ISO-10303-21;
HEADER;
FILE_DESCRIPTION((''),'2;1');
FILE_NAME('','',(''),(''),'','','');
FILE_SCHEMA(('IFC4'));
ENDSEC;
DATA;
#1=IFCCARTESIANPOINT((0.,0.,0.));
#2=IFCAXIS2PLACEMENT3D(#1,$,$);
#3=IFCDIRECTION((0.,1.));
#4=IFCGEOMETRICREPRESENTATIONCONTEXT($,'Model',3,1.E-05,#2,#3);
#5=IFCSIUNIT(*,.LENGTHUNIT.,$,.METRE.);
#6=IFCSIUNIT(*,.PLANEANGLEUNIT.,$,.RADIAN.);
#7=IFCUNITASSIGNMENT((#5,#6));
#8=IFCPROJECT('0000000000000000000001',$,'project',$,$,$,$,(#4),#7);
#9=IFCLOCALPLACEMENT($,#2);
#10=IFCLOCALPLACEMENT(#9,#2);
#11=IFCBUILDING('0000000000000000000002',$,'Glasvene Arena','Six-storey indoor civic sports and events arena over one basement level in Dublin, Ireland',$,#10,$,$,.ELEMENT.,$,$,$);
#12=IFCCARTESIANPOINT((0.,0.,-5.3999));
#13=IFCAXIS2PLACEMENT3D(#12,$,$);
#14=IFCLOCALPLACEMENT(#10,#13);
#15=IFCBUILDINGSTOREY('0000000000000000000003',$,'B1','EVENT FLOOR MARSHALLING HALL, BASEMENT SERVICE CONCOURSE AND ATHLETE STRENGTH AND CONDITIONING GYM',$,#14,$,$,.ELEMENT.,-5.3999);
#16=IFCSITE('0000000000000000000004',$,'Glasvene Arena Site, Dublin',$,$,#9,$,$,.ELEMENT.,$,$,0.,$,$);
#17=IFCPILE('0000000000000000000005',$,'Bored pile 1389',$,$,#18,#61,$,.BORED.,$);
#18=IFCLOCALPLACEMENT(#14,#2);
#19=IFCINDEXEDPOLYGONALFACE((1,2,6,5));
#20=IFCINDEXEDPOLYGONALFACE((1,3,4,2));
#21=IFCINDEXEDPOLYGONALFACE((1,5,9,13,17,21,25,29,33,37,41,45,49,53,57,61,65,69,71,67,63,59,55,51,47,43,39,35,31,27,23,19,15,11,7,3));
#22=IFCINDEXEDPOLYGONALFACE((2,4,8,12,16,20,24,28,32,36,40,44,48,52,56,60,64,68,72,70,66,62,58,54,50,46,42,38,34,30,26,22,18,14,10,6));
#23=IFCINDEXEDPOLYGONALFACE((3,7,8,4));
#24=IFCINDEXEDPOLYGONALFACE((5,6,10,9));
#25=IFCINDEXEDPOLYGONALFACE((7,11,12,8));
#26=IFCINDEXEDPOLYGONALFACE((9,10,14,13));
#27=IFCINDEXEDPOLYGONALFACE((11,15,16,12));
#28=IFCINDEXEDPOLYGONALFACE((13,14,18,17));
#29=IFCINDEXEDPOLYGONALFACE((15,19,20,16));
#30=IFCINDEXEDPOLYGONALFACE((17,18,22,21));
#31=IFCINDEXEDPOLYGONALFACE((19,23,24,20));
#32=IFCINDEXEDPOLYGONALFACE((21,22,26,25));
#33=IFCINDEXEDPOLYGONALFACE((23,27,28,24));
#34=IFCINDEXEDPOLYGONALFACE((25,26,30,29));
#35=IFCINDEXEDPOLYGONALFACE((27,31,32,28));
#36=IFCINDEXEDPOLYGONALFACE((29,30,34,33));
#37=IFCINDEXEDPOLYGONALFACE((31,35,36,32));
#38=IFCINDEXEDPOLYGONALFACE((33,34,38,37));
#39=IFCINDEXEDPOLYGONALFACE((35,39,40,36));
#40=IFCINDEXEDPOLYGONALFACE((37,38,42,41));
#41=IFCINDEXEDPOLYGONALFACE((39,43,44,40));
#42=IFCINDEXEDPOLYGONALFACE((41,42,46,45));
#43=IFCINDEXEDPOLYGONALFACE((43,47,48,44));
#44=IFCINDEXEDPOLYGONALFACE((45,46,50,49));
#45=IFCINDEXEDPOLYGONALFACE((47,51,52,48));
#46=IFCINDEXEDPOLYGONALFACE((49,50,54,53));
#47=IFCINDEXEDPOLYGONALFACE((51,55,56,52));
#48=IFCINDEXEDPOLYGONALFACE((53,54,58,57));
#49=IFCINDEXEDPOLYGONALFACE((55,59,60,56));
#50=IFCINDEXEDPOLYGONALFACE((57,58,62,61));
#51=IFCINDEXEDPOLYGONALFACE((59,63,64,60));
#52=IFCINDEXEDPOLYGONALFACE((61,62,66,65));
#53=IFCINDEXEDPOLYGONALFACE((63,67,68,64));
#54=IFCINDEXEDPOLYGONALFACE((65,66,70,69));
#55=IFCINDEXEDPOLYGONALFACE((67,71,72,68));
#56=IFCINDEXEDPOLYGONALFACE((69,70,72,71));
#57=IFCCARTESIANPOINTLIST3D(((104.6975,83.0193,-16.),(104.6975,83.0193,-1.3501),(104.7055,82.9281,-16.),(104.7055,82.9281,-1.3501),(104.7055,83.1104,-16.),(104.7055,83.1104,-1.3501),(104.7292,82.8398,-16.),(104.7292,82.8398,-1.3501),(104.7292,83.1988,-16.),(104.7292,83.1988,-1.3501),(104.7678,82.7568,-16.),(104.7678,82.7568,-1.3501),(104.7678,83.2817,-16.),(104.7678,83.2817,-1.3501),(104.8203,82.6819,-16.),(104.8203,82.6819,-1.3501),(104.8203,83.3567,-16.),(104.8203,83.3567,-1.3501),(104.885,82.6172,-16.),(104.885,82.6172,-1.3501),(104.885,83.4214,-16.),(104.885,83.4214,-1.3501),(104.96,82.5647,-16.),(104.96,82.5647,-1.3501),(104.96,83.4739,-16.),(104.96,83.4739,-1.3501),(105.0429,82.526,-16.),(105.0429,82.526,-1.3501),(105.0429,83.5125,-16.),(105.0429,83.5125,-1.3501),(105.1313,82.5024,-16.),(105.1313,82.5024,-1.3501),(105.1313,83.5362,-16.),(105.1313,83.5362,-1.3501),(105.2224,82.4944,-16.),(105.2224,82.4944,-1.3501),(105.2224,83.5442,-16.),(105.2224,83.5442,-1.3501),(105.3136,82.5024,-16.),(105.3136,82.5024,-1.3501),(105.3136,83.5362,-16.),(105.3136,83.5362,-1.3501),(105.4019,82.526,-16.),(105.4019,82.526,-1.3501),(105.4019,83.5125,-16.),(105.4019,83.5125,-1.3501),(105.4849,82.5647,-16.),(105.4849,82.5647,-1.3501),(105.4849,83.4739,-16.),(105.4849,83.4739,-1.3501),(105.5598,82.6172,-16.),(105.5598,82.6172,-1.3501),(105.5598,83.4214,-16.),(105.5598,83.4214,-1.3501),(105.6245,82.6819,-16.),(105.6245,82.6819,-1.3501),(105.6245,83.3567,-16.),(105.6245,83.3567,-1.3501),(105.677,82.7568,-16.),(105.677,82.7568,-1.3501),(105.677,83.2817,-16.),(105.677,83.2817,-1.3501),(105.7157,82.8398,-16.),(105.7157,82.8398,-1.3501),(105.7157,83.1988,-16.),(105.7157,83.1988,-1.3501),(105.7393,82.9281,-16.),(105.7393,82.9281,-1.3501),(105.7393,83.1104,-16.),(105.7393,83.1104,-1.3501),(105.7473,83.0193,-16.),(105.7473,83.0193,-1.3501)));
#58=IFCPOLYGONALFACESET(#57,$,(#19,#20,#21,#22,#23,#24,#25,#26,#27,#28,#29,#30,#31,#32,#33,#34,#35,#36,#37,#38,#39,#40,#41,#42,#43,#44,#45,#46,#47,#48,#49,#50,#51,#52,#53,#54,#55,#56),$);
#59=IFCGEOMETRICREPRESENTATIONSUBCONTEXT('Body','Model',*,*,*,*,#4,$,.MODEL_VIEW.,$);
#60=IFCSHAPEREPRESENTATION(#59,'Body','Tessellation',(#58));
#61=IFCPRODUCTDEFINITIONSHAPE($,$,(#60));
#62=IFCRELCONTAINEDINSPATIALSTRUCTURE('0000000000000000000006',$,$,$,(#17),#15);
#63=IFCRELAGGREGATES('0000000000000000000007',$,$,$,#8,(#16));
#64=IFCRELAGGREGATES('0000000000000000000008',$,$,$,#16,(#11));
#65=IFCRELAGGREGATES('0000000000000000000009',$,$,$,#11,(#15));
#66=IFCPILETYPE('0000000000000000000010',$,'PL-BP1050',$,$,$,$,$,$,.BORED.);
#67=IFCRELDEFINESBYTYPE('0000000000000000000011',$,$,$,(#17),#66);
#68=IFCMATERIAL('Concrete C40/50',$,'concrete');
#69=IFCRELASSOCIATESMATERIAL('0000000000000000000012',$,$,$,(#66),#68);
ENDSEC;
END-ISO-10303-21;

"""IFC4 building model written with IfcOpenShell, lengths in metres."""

from ifc_helpers import new_model, si_unit, direction, frame, origin, origin_2d, place, context, subcontext, project, spatial, circle, extrude, material, material_profile, profile_set, type_object, element, save


model = new_model("IFC4")

# Units and contexts
model_context = context("Model", 3, precision=1e-05, world=origin(), true_north=direction((0.0, 1.0)))
body_context = subcontext(model_context, "Body", "Model", "MODEL_VIEW")
ifc_project = project(units=[si_unit("LENGTHUNIT", "METRE"), si_unit("PLANEANGLEUNIT", "RADIAN")], contexts=[model_context])

# Site, building, storey
site_placement = place(None, origin())
site = spatial("IfcSite", under=ifc_project, at=site_placement, Name="Glasvene Arena Site, Dublin", CompositionType="ELEMENT", RefElevation=0.0)
building_placement = place(site_placement, origin())
building = spatial("IfcBuilding", under=site, at=building_placement, Name="Glasvene Arena", Description="Six-storey indoor civic sports and events arena over one basement level in Dublin, Ireland", CompositionType="ELEMENT")
storey_placement = place(building_placement, frame((0.0, 0.0, -5.3999)))
storey = spatial("IfcBuildingStorey", under=building, at=storey_placement, Name="B1", Description="EVENT FLOOR MARSHALLING HALL, BASEMENT SERVICE CONCOURSE AND ATHLETE STRENGTH AND CONDITIONING GYM", CompositionType="ELEMENT", Elevation=-5.3999)

# Shared definitions
ifc_material = material(Name="Concrete C40/50", Category="concrete")

# Pile
ifc_material_profile = material_profile(ifc_material, circle(Radius=0.5249, at=origin_2d()), Name="BORED PILE 1050")
ifc_profile_set = profile_set([ifc_material_profile], Name="Concrete C40/50")
pile_type = type_object("IfcPileType", Name="PL-BP1050", PredefinedType="BORED", material=ifc_profile_set)
for number, where, z_axis, x_axis, name in (
    (1, (105.2224, 83.0193, -1.3501), (0.0, 0.0, -1.0), (1.0, 0.0, 0.0), "Bored pile 1389"),
):
    element("IfcPile", number, at=place(storey_placement, frame(where, z_axis=z_axis, x_axis=x_axis)), inside=storey, type_object=pile_type, Name=name, PredefinedType="BORED", context=body_context, shape_type="SweptSolid", body=[
        extrude(circle(Radius=0.5249, at=origin_2d()), origin(), (0.0, 0.0, 1.0), 14.6499),
    ])

save(model, "model.ifc")
